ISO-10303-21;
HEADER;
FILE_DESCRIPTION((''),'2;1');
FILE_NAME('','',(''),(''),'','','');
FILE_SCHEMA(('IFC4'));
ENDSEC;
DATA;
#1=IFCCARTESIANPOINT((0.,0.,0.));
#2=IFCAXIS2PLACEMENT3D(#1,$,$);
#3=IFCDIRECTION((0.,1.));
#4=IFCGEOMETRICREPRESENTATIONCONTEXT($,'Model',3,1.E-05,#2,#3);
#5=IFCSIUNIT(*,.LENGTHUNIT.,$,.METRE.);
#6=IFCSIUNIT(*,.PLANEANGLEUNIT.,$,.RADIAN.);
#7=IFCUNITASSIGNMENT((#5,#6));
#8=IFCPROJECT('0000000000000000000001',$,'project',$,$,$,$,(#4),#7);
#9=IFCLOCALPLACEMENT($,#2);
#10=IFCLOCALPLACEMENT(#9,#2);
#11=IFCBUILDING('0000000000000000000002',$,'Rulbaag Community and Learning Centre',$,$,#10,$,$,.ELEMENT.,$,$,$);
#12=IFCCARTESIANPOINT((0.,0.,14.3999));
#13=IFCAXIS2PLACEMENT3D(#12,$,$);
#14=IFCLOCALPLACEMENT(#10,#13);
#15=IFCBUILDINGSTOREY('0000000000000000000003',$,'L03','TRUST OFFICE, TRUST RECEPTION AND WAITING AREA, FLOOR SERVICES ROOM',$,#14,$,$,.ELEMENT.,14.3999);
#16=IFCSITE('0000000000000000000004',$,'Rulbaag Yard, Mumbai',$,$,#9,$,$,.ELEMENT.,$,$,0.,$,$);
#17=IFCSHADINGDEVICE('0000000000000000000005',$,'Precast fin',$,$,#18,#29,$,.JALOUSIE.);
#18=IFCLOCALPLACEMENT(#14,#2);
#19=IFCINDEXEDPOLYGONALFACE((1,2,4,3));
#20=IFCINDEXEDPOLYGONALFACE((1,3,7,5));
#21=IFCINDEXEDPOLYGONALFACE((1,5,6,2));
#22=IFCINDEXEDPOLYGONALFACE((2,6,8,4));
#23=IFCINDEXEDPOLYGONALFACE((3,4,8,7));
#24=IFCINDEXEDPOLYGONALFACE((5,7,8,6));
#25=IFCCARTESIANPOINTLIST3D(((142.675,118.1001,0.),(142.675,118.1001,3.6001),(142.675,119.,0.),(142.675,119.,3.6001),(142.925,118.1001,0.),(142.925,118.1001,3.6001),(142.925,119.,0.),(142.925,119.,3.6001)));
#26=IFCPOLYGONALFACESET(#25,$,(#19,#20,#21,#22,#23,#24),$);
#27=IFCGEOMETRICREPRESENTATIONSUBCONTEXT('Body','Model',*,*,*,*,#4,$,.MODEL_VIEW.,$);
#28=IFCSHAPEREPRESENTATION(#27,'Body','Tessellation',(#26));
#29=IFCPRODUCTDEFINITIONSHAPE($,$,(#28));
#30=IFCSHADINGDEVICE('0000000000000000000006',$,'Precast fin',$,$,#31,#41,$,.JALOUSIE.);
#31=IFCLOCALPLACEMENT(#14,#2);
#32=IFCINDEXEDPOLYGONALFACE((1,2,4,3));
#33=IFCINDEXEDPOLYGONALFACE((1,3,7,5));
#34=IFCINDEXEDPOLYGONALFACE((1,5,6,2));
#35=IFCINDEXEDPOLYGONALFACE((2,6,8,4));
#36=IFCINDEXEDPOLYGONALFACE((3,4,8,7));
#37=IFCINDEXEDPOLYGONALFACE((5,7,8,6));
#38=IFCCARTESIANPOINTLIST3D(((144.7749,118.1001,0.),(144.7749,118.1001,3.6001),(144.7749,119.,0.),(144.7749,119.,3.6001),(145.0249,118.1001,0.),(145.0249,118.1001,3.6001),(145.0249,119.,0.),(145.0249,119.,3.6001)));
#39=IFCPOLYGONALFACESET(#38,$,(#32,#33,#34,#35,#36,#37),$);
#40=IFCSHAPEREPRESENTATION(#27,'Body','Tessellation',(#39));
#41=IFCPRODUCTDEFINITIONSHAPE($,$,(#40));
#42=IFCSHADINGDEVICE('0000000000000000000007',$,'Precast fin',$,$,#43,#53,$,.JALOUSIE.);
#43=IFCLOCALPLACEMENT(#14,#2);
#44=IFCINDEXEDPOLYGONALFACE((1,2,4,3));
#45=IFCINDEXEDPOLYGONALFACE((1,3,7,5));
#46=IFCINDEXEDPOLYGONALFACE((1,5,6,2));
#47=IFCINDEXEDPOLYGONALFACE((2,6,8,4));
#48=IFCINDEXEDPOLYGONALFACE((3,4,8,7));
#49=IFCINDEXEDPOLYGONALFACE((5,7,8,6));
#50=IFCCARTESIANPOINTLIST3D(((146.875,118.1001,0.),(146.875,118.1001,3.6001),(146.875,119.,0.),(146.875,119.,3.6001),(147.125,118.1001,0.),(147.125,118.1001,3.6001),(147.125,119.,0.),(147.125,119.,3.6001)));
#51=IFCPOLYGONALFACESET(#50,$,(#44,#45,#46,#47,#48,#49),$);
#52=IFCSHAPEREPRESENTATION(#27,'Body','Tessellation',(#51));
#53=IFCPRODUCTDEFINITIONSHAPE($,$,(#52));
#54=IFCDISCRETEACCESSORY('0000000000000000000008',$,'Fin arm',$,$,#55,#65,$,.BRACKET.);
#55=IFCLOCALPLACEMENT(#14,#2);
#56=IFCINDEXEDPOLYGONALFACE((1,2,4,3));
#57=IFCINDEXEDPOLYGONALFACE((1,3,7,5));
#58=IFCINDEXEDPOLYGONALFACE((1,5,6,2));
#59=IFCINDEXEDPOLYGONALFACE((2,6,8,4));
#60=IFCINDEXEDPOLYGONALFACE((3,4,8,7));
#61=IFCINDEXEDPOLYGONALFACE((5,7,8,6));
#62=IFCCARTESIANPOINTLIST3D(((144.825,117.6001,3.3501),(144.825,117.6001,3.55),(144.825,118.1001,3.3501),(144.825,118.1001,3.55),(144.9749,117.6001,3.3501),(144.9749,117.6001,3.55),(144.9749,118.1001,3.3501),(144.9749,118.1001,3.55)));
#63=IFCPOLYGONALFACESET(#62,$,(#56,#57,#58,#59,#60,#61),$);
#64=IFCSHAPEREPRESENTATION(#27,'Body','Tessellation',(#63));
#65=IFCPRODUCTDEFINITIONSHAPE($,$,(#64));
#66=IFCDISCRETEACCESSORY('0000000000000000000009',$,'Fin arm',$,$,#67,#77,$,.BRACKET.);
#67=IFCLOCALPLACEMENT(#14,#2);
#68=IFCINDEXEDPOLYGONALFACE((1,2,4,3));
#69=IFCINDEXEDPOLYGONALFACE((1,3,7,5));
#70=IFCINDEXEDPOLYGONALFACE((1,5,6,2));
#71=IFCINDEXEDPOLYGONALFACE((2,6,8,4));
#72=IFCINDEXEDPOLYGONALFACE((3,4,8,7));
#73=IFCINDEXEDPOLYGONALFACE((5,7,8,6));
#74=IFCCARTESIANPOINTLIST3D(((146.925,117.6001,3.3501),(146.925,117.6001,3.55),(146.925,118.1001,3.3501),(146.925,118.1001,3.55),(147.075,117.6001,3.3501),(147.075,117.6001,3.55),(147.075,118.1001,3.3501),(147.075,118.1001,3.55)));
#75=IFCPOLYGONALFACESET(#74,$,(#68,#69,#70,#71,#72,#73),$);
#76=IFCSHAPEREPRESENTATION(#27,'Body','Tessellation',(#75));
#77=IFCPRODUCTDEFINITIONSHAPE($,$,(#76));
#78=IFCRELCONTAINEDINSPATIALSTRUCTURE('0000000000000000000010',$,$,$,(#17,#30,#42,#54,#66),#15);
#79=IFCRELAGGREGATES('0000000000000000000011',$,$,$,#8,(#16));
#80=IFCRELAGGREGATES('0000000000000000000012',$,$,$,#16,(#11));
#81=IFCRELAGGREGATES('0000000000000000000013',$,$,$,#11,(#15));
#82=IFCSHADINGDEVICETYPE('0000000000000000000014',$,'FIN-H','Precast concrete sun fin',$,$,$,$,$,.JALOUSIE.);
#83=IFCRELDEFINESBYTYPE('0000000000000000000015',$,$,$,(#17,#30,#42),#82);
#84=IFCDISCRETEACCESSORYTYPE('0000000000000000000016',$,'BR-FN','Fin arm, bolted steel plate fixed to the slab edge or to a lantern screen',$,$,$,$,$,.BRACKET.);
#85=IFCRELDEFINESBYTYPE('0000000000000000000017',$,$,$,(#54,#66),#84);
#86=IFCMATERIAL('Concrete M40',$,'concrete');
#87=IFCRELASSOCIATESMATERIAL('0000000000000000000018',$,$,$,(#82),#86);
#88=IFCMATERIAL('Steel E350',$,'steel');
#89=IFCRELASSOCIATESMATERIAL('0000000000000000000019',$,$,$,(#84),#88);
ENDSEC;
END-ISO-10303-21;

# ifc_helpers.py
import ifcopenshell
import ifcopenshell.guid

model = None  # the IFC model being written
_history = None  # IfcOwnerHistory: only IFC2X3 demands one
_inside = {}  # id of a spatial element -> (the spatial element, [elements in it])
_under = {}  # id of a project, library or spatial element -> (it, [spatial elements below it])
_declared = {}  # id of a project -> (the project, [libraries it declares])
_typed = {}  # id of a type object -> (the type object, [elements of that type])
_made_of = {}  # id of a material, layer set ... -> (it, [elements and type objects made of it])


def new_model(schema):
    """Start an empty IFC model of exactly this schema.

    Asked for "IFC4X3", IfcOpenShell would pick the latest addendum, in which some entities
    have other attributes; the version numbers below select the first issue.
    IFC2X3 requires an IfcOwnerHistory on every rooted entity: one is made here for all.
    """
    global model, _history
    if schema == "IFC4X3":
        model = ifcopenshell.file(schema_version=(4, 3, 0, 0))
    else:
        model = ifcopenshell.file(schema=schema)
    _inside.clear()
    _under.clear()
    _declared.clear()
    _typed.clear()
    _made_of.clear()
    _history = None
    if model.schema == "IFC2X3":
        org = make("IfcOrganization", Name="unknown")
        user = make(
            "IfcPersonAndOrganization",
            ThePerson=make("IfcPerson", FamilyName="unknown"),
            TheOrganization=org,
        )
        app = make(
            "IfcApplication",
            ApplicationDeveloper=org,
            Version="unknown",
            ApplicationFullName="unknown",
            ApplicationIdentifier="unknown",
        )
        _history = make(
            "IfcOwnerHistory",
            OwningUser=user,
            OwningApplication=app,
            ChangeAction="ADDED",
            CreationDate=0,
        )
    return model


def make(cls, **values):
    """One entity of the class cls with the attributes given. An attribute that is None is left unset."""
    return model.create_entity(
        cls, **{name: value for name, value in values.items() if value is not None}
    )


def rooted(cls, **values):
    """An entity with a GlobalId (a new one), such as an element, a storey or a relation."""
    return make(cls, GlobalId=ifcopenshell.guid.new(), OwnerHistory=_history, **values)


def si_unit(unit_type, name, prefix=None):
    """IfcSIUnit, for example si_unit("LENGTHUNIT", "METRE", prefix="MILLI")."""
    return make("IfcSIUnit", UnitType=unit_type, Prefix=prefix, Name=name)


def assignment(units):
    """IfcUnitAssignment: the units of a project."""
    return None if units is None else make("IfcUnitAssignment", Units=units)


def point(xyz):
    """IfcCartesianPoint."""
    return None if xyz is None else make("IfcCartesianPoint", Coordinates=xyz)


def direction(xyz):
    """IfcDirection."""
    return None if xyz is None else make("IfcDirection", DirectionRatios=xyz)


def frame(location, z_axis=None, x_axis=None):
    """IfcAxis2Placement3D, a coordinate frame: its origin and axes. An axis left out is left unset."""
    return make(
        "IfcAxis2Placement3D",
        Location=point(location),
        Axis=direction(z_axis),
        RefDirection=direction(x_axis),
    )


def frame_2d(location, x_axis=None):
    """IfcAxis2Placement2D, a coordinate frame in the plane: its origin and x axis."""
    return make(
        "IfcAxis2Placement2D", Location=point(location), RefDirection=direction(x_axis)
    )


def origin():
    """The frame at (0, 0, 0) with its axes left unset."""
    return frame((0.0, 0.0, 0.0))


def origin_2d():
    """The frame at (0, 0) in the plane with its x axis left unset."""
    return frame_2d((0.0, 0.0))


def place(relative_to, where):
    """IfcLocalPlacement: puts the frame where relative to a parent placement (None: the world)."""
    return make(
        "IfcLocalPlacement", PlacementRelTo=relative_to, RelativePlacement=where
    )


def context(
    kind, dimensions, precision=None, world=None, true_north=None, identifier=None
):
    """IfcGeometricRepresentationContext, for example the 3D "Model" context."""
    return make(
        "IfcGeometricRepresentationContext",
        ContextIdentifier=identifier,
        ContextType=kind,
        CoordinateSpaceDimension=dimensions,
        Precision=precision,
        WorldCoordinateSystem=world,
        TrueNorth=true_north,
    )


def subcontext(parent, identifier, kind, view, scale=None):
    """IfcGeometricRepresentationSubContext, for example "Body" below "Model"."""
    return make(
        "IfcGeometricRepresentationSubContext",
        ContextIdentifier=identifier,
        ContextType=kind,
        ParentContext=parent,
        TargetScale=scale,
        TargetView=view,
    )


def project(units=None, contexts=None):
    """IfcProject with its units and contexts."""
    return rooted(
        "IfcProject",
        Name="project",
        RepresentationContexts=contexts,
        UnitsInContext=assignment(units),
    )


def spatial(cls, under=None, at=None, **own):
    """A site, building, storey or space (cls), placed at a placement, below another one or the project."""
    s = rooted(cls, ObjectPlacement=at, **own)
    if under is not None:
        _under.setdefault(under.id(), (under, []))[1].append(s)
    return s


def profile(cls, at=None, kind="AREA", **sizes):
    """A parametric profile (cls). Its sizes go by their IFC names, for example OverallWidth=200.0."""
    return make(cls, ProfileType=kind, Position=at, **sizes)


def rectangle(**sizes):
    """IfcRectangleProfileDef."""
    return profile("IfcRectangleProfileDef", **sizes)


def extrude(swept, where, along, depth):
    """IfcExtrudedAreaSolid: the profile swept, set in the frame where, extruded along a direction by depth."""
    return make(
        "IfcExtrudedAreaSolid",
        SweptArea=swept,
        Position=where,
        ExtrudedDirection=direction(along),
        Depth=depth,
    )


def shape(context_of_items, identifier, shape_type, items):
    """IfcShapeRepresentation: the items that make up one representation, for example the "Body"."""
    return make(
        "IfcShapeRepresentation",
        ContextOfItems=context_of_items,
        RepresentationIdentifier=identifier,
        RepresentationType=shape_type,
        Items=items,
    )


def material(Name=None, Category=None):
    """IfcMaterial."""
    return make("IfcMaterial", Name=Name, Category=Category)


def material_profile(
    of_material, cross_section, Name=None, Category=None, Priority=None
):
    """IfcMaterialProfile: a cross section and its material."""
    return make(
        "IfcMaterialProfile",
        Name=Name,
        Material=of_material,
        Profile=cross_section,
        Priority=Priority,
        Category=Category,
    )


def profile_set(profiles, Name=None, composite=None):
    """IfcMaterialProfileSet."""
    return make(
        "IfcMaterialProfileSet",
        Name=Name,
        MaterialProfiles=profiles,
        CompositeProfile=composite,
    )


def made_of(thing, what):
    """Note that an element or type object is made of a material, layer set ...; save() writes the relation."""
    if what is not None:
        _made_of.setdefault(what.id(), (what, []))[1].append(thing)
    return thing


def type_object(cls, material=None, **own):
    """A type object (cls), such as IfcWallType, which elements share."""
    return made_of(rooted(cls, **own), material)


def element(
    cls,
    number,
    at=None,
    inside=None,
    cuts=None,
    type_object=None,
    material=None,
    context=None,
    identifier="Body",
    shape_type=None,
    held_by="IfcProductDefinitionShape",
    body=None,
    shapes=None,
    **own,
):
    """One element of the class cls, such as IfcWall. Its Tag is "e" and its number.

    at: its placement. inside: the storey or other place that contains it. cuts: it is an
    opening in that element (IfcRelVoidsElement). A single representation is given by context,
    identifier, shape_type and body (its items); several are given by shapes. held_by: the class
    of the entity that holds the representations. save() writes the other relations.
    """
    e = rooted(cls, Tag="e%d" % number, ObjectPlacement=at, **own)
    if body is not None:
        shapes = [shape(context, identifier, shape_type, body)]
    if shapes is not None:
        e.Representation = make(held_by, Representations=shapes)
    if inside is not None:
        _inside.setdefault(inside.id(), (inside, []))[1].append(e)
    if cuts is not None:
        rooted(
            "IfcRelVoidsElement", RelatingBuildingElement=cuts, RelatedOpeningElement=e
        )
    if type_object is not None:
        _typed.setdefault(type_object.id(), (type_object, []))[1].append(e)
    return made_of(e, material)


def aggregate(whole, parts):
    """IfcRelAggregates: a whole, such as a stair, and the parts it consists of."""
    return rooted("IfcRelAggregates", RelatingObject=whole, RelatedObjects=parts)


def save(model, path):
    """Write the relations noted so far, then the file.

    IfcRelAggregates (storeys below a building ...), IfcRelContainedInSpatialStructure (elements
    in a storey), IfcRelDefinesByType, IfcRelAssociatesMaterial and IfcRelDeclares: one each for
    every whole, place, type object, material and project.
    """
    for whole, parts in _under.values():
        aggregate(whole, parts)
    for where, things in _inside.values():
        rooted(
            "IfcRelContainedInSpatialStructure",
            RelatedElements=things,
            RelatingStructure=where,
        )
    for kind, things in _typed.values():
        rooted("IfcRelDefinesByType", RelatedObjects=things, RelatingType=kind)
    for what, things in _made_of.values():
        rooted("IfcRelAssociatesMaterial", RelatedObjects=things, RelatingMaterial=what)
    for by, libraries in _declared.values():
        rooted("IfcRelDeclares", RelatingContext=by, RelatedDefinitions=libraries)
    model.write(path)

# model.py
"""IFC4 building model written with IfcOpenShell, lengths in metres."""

from ifc_helpers import new_model, si_unit, direction, frame, origin, origin_2d, place, context, subcontext, project, spatial, rectangle, extrude, material, material_profile, profile_set, type_object, element, save


model = new_model("IFC4")

# Units and contexts
model_context = context("Model", 3, precision=1e-05, world=origin(), true_north=direction((0.0, 1.0)))
body_context = subcontext(model_context, "Body", "Model", "MODEL_VIEW")
ifc_project = project(units=[si_unit("LENGTHUNIT", "METRE"), si_unit("PLANEANGLEUNIT", "RADIAN")], contexts=[model_context])

# Site, building, storey
site_placement = place(None, origin())
site = spatial("IfcSite", under=ifc_project, at=site_placement, Name="Rulbaag Yard, Mumbai", CompositionType="ELEMENT", RefElevation=0.0)
building_placement = place(site_placement, origin())
building = spatial("IfcBuilding", under=site, at=building_placement, Name="Rulbaag Community and Learning Centre", CompositionType="ELEMENT")
storey_placement = place(building_placement, frame((0.0, 0.0, 14.3999)))
storey = spatial("IfcBuildingStorey", under=building, at=storey_placement, Name="L03", Description="TRUST OFFICE, TRUST RECEPTION AND WAITING AREA, FLOOR SERVICES ROOM", CompositionType="ELEMENT", Elevation=14.3999)

# Shared definitions
ifc_material_1 = material(Name="Concrete M40", Category="concrete")

# Shading devices
ifc_material_profile_1 = material_profile(ifc_material_1, rectangle(XDim=0.25, YDim=0.8999, at=origin_2d()), Name="PC 250x900")
ifc_profile_set_1 = profile_set([ifc_material_profile_1], Name="Concrete M40")
shading_device_type = type_object("IfcShadingDeviceType", Name="FIN-H", Description="Precast concrete sun fin", PredefinedType="JALOUSIE", material=ifc_profile_set_1)
for number, where, z_axis, x_axis, name in (
    (1, (142.8, 118.55, 0.0), (0.0, 0.0, 1.0), (1.0, 0.0, 0.0), "Precast fin"),
    (2, (144.8999, 118.55, 0.0), (0.0, 0.0, 1.0), (1.0, 0.0, 0.0), "Precast fin"),
    (3, (147.0, 118.55, 0.0), (0.0, 0.0, 1.0), (1.0, 0.0, 0.0), "Precast fin"),
):
    element("IfcShadingDevice", number, at=place(storey_placement, frame(where, z_axis=z_axis, x_axis=x_axis)), inside=storey, type_object=shading_device_type, Name=name, PredefinedType="JALOUSIE", context=body_context, shape_type="SweptSolid", body=[
        extrude(rectangle(XDim=0.25, YDim=0.8999, at=origin_2d()), origin(), (0.0, 0.0, 1.0), 3.6001),
    ])

# Discrete accessories
ifc_material_2 = material(Name="Steel E350", Category="steel")
discrete_accessory_type = type_object("IfcDiscreteAccessoryType", Name="BR-FN", Description="Fin arm, bolted steel plate fixed to the slab edge or to a lantern screen", PredefinedType="BRACKET", material=ifc_material_2)
for number, where, z_axis, x_axis, name in (
    (4, (144.8999, 117.8501, 3.3501), (0.0, 0.0, 1.0), (1.0, 0.0, 0.0), "Fin arm"),
    (5, (147.0, 117.8501, 3.3501), (0.0, 0.0, 1.0), (1.0, 0.0, 0.0), "Fin arm"),
):
    element("IfcDiscreteAccessory", number, at=place(storey_placement, frame(where, z_axis=z_axis, x_axis=x_axis)), inside=storey, type_object=discrete_accessory_type, Name=name, PredefinedType="BRACKET", context=body_context, shape_type="SweptSolid", body=[
        extrude(rectangle(XDim=0.1499, YDim=0.5, at=origin_2d()), origin(), (0.0, 0.0, 1.0), 0.2),
    ])

save(model, "model.ifc")
